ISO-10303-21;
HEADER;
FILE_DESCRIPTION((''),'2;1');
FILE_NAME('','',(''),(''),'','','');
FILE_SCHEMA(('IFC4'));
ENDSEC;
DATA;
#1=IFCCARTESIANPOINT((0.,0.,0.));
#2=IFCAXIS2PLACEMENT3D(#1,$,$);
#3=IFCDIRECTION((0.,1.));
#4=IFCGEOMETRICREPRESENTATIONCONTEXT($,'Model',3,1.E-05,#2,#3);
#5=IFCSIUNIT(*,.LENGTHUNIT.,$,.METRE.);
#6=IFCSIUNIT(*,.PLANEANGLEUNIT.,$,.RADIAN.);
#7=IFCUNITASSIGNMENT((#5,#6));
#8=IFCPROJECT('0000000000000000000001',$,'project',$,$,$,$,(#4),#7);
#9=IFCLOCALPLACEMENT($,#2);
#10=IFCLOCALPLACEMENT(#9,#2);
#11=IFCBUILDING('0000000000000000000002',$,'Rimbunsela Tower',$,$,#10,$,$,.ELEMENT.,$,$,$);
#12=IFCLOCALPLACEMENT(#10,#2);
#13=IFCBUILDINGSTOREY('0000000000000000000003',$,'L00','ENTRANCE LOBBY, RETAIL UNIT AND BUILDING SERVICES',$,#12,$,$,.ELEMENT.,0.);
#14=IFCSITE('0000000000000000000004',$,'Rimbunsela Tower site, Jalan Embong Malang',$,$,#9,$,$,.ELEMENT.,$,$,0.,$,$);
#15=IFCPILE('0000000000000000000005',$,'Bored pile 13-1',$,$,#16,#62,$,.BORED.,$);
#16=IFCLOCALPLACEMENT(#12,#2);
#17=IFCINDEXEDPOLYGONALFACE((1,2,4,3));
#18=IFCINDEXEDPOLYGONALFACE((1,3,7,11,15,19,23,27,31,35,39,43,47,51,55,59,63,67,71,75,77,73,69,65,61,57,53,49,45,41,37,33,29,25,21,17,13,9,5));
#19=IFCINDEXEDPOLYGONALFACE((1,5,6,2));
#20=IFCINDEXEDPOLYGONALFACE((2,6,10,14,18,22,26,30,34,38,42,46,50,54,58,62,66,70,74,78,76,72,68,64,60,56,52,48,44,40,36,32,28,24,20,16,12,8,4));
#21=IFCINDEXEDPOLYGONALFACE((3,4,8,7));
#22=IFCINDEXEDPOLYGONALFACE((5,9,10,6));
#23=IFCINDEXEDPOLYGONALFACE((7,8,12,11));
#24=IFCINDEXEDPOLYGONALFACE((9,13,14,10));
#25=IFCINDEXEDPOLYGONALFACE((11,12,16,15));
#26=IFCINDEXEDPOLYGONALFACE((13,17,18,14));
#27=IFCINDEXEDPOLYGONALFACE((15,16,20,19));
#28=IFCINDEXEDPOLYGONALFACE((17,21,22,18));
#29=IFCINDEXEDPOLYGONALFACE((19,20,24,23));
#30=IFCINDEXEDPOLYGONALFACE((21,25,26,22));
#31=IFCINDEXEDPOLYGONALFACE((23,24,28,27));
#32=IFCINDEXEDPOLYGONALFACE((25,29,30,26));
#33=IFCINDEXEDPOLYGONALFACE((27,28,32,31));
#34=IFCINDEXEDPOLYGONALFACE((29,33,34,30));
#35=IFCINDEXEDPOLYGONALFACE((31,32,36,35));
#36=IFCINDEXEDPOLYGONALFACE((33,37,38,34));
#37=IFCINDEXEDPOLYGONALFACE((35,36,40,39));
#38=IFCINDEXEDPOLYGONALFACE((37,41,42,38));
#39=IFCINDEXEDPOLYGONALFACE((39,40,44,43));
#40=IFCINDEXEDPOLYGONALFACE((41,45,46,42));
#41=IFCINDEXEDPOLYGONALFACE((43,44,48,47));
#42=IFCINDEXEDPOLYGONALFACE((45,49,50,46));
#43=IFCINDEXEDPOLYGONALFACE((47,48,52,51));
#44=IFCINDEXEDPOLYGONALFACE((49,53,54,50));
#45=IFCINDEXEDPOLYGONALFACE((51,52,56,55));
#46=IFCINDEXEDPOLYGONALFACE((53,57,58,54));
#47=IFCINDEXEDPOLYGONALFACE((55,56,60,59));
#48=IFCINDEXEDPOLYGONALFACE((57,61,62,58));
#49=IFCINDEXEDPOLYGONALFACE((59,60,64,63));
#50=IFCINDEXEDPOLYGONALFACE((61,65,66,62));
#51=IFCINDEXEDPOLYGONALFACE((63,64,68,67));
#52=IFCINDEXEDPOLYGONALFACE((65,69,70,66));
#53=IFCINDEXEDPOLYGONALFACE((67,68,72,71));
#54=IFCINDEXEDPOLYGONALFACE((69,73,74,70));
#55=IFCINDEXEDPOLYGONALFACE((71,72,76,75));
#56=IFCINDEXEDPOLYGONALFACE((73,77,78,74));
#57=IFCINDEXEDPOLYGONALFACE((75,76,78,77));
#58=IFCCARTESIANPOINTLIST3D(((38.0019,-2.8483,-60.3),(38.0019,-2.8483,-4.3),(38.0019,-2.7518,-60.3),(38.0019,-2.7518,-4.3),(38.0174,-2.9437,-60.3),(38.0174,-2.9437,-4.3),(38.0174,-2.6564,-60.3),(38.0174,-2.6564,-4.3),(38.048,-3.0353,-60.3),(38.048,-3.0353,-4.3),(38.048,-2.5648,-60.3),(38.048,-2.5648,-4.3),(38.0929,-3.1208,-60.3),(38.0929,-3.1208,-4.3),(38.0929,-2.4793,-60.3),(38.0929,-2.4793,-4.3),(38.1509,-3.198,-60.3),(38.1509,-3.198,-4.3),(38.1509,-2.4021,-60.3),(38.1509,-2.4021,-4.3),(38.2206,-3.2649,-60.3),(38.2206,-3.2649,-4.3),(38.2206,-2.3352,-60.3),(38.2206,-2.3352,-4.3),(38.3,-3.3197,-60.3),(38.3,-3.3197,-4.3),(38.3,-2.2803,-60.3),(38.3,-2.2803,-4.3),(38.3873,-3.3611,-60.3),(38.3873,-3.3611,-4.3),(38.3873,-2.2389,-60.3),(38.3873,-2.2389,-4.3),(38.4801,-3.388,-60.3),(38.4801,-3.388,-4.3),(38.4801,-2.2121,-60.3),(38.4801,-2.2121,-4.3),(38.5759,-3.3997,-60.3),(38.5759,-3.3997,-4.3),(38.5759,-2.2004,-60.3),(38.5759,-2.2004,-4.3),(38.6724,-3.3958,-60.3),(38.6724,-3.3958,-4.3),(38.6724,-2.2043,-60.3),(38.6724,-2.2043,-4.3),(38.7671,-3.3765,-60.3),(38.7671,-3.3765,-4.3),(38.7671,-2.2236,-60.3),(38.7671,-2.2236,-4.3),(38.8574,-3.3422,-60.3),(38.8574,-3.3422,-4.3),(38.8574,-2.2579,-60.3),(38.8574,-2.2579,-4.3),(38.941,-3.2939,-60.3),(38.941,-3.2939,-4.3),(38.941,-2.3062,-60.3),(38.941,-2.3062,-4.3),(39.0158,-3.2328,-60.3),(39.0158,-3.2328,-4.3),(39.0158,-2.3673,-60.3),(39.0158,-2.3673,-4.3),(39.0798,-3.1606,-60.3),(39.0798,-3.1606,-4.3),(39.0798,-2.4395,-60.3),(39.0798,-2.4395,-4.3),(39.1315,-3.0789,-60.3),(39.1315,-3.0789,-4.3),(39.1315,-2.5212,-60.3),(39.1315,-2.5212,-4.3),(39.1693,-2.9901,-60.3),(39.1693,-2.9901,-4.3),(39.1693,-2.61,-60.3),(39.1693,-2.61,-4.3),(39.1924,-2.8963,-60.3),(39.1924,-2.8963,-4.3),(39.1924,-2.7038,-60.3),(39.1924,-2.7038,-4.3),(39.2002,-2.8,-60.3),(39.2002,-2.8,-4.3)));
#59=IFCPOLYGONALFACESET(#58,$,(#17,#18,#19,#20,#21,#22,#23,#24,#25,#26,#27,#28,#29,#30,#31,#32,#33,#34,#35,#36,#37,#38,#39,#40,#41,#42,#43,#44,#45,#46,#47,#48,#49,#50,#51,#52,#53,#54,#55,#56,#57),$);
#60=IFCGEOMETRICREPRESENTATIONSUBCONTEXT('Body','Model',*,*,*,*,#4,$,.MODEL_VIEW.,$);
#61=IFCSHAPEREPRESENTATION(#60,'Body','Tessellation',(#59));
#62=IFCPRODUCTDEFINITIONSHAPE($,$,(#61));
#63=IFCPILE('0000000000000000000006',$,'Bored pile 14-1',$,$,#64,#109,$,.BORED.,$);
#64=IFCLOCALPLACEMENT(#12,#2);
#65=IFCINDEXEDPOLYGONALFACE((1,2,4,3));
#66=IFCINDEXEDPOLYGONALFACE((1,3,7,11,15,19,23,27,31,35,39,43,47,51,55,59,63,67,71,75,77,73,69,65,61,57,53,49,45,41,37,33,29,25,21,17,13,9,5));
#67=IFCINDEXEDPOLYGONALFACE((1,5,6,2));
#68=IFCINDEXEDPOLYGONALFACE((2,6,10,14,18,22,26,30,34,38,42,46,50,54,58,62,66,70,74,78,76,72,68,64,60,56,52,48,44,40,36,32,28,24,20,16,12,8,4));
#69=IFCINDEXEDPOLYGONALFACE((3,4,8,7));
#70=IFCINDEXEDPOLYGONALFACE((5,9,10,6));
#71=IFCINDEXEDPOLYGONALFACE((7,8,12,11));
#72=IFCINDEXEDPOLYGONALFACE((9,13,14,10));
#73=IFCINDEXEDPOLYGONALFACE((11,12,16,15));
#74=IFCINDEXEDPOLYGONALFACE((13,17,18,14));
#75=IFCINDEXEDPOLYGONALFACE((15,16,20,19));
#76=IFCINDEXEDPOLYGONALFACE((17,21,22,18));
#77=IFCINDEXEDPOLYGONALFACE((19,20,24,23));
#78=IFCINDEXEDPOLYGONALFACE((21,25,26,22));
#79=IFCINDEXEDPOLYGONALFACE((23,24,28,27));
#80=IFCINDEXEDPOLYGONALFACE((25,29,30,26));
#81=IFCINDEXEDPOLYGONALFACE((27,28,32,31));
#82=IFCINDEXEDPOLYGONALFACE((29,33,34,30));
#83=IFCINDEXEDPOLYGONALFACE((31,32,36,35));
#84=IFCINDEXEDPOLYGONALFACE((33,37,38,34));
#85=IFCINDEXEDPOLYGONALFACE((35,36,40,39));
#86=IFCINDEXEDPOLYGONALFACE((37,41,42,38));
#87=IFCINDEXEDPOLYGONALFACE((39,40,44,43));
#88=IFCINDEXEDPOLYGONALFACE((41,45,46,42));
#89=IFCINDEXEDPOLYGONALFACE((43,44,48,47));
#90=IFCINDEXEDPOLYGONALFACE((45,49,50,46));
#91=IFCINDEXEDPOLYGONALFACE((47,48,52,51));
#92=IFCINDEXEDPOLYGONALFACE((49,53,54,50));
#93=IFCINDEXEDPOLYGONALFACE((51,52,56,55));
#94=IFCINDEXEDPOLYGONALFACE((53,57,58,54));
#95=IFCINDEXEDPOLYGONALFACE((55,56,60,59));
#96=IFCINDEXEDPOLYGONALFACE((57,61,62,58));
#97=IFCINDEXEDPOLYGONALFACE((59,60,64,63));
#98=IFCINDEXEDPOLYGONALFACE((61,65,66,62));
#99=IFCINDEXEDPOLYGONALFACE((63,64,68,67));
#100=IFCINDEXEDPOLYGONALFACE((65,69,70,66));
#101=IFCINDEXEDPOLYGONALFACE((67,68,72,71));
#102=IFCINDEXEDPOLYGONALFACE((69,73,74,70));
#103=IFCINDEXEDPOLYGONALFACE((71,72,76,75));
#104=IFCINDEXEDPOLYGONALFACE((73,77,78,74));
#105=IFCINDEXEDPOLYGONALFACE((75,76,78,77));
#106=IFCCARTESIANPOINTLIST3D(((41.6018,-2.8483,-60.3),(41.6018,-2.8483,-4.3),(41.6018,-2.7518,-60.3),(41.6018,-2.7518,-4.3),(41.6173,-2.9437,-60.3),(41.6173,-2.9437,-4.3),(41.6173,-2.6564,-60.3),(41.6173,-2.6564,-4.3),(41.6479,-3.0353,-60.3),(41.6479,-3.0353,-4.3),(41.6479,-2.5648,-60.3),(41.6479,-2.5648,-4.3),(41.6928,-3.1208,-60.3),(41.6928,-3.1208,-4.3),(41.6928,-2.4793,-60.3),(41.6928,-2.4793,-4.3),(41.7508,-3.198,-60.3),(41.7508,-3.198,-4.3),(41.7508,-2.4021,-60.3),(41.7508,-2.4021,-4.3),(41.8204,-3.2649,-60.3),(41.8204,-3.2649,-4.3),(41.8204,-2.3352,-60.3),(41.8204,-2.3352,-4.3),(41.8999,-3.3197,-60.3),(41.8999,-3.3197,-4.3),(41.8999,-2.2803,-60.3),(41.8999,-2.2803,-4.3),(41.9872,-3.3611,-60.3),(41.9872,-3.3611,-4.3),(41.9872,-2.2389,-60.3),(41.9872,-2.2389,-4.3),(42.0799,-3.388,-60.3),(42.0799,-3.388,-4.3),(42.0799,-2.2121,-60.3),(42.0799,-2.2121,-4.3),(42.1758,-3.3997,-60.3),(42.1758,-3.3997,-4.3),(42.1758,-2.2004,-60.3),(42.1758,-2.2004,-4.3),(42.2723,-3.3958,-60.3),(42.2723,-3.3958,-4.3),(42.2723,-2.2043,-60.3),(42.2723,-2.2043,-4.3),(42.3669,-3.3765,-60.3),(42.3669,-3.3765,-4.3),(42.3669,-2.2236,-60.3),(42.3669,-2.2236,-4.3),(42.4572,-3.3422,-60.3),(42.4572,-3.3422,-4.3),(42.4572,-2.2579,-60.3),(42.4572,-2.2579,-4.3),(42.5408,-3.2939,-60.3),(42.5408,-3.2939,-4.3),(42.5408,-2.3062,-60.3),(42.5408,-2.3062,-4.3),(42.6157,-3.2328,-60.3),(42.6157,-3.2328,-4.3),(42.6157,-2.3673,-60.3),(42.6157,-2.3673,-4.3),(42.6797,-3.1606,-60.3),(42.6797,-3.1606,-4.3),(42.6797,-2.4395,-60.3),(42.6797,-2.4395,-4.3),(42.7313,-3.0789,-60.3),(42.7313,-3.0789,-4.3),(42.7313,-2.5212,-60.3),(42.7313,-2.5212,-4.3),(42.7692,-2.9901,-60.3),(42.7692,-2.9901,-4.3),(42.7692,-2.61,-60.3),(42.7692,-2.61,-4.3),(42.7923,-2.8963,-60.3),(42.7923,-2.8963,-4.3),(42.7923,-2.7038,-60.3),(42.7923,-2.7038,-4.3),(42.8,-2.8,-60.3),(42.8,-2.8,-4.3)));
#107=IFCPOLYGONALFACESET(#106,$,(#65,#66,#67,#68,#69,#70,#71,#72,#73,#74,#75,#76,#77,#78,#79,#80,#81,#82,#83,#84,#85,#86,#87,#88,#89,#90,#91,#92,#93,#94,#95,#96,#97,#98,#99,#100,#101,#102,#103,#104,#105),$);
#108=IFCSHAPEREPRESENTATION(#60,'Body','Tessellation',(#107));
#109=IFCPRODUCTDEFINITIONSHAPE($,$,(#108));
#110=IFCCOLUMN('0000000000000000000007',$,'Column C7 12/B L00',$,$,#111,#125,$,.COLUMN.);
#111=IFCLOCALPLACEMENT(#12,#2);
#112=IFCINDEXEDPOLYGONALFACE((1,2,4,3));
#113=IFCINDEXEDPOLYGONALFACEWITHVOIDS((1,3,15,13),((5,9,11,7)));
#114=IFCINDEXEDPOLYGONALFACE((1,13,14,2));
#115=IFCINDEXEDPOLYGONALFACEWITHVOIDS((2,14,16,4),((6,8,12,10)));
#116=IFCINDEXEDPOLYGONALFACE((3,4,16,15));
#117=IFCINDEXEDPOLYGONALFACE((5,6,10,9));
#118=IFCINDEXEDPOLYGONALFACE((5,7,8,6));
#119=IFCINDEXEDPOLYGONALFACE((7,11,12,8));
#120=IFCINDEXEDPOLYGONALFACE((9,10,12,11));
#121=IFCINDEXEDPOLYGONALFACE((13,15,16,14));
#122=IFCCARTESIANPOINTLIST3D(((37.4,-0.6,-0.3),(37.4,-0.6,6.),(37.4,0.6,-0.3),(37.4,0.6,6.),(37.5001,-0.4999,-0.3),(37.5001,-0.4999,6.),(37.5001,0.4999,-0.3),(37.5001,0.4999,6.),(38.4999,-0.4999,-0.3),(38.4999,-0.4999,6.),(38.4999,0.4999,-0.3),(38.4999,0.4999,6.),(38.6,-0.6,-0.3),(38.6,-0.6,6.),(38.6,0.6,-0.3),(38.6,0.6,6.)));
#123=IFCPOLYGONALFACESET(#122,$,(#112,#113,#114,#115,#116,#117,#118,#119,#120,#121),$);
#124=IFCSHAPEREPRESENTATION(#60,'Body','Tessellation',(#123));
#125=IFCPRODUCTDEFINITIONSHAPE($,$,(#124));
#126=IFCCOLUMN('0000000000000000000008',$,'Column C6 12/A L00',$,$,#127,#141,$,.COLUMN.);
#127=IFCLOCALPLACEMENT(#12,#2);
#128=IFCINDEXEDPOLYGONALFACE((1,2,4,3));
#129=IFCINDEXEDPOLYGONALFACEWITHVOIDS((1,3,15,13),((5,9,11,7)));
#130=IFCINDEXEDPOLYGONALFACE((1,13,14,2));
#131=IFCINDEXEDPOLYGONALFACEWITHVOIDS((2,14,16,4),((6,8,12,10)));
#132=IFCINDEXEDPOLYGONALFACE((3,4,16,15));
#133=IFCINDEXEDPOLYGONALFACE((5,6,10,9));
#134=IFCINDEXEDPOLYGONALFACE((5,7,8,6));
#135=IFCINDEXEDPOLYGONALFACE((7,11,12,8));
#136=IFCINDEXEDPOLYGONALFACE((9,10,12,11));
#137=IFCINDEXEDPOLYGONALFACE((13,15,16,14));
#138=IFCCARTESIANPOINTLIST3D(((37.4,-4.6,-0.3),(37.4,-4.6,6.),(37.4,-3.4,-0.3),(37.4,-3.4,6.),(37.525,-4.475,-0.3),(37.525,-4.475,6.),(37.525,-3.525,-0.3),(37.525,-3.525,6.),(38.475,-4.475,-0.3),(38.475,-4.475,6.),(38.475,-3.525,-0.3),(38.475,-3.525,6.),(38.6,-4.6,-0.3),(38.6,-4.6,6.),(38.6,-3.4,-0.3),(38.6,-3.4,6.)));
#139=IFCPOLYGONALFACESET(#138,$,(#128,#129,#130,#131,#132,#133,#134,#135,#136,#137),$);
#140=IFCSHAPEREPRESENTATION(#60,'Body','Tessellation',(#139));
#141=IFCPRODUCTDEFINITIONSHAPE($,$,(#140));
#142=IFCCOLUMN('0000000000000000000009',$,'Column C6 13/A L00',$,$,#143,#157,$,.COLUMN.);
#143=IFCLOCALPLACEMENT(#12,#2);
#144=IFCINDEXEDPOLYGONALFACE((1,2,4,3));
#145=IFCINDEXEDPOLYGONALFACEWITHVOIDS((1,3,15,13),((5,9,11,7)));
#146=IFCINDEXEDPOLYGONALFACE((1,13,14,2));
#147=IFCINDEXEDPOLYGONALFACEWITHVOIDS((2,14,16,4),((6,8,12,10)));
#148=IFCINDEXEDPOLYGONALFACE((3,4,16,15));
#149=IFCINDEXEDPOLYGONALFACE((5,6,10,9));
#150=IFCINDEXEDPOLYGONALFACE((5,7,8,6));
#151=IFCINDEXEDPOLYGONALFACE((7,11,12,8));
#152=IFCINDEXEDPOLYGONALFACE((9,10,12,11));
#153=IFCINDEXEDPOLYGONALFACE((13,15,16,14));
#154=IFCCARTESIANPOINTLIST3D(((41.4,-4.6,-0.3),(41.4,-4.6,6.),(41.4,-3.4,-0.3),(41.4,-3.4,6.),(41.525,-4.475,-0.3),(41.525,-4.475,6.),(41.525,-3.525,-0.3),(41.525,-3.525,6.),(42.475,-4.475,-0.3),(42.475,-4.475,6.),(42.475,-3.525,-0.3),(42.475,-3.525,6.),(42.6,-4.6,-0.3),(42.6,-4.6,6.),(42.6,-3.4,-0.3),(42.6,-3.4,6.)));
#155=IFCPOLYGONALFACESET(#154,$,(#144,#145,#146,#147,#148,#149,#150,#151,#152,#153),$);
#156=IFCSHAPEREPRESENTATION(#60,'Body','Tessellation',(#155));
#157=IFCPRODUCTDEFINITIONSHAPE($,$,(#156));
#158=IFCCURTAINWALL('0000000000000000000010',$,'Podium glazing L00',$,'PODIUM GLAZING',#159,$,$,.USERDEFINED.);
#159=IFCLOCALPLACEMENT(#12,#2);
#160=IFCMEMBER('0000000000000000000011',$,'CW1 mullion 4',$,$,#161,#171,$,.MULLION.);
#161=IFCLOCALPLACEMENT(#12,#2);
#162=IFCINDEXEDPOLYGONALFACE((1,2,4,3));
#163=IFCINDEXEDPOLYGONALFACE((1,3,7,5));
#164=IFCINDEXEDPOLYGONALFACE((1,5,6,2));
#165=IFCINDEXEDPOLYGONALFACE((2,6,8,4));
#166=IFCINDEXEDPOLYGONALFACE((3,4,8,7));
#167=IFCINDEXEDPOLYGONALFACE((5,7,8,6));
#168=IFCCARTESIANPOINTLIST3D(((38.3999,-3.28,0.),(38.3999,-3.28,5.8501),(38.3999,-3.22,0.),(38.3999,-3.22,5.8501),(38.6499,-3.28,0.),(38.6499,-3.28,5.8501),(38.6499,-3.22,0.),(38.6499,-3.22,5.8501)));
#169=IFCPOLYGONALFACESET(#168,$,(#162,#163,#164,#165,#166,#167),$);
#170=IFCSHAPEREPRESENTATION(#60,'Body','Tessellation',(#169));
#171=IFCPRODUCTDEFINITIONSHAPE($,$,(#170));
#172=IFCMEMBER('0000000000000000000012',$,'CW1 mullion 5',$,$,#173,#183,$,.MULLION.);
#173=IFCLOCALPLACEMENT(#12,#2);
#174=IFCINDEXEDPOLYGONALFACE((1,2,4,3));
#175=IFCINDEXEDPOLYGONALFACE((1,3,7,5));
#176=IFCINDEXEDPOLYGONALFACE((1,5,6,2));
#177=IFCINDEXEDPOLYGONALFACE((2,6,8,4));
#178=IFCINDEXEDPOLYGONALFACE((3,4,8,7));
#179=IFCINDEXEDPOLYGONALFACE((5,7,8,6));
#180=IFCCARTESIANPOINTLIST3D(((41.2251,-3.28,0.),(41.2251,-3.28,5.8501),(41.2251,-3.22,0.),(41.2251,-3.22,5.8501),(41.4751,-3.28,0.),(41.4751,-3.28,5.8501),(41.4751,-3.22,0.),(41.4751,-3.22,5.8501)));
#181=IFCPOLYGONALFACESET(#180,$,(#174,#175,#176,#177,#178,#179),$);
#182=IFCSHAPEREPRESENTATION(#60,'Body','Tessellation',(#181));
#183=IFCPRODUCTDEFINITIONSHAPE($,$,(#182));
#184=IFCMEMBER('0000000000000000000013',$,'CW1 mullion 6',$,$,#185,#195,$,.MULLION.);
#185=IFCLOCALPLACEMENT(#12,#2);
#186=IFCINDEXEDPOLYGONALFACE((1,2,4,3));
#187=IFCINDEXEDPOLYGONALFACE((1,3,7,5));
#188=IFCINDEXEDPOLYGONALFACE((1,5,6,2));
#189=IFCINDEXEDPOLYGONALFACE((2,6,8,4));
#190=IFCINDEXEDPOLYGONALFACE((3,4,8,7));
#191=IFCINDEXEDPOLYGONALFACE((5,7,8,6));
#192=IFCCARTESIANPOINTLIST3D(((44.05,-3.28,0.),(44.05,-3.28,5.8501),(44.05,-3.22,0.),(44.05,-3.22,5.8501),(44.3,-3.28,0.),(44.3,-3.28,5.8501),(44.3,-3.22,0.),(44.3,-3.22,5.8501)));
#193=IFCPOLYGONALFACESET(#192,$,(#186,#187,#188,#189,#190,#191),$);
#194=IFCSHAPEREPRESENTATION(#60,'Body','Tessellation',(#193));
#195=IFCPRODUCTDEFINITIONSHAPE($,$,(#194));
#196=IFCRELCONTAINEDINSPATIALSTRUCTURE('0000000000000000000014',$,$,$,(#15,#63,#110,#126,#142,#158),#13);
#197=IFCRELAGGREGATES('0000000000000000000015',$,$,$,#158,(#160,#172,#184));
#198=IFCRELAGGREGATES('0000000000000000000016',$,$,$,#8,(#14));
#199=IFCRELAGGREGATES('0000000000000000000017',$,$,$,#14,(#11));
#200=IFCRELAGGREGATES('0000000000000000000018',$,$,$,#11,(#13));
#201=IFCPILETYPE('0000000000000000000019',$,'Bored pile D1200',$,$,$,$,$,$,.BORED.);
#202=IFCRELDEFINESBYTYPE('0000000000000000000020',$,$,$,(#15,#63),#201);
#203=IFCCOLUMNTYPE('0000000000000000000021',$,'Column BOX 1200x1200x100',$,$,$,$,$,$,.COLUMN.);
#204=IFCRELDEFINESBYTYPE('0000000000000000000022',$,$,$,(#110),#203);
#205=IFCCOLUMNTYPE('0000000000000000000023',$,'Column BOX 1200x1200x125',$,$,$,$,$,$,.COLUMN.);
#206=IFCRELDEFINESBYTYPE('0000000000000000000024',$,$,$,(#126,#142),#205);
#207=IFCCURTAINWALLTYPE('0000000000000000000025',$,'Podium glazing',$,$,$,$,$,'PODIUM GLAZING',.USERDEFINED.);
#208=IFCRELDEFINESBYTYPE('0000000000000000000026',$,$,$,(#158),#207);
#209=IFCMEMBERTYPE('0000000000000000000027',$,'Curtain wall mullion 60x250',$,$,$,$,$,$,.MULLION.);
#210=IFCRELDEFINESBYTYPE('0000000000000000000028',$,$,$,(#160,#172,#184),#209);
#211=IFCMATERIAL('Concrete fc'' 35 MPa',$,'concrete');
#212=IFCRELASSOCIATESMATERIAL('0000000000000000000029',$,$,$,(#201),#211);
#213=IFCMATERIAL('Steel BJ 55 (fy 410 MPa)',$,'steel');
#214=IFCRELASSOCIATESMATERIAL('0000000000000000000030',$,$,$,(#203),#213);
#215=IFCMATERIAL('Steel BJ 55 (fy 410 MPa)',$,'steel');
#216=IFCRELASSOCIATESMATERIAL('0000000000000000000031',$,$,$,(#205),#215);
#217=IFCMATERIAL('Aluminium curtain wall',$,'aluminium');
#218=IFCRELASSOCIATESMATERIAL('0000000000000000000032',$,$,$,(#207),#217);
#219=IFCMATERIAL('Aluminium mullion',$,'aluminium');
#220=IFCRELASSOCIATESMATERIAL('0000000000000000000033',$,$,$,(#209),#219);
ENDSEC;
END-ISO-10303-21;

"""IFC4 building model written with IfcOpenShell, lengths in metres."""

from ifc_helpers import new_model, si_unit, direction, frame, origin, origin_2d, place, context, subcontext, project, spatial, rectangle, hollow_rectangle, circle, extrude, material, material_profile, profile_set, type_object, element, aggregate, save


model = new_model("IFC4")

# Units and contexts
model_context = context("Model", 3, precision=1e-05, world=origin(), true_north=direction((0.0, 1.0)))
body_context = subcontext(model_context, "Body", "Model", "MODEL_VIEW")
ifc_project = project(units=[si_unit("LENGTHUNIT", "METRE"), si_unit("PLANEANGLEUNIT", "RADIAN")], contexts=[model_context])

# Site, building, storey
site_placement = place(None, origin())
site = spatial("IfcSite", under=ifc_project, at=site_placement, Name="Rimbunsela Tower site, Jalan Embong Malang", CompositionType="ELEMENT", RefElevation=0.0)
building_placement = place(site_placement, origin())
building = spatial("IfcBuilding", under=site, at=building_placement, Name="Rimbunsela Tower", CompositionType="ELEMENT")
storey_placement = place(building_placement, origin())
storey = spatial("IfcBuildingStorey", under=building, at=storey_placement, Name="L00", Description="ENTRANCE LOBBY, RETAIL UNIT AND BUILDING SERVICES", CompositionType="ELEMENT", Elevation=0.0)

# Piles
ifc_material_1 = material(Name="Concrete fc' 35 MPa", Category="concrete")
ifc_material_profile_1 = material_profile(ifc_material_1, circle(Radius=0.6001, at=origin_2d()), Name="BP D1200")
ifc_profile_set_1 = profile_set([ifc_material_profile_1], Name="Concrete fc' 35 MPa")
pile_type = type_object("IfcPileType", Name="Bored pile D1200", PredefinedType="BORED", material=ifc_profile_set_1)
for number, where, z_axis, x_axis, name in (
    (1, (38.6001, -2.8, -4.3), (0.0, 0.0, -1.0), (1.0, 0.0, 0.0), "Bored pile 13-1"),
    (2, (42.2, -2.8, -4.3), (0.0, 0.0, -1.0), (1.0, 0.0, 0.0), "Bored pile 14-1"),
):
    element("IfcPile", number, at=place(storey_placement, frame(where, z_axis=z_axis, x_axis=x_axis)), inside=storey, type_object=pile_type, Name=name, PredefinedType="BORED", context=body_context, shape_type="SweptSolid", body=[
        extrude(circle(Radius=0.6001, at=origin_2d()), origin(), (0.0, 0.0, 1.0), 56.0),
    ])

# Columns
ifc_material_2 = material(Name="Steel BJ 55 (fy 410 MPa)", Category="steel")
ifc_material_profile_2 = material_profile(ifc_material_2, hollow_rectangle(XDim=1.2, YDim=1.2, WallThickness=0.1001, at=origin_2d()), Name="BOX 1200x1200x100")
ifc_profile_set_2 = profile_set([ifc_material_profile_2], Name="Steel BJ 55 (fy 410 MPa)")
column_type_1 = type_object("IfcColumnType", Name="Column BOX 1200x1200x100", PredefinedType="COLUMN", material=ifc_profile_set_2)
column_placement = place(storey_placement, frame((38.0, 0.0, -0.3), z_axis=(0.0, 0.0, 1.0), x_axis=(1.0, 0.0, 0.0)))
element("IfcColumn", 3, at=column_placement, inside=storey, type_object=column_type_1, Name="Column C7 12/B L00", PredefinedType="COLUMN", context=body_context, shape_type="SweptSolid", body=[
    extrude(hollow_rectangle(XDim=1.2, YDim=1.2, WallThickness=0.1001, at=origin_2d()), origin(), (0.0, 0.0, 1.0), 6.3),
])
ifc_material_3 = material(Name="Steel BJ 55 (fy 410 MPa)", Category="steel")
ifc_material_profile_3 = material_profile(ifc_material_3, hollow_rectangle(XDim=1.2, YDim=1.2, WallThickness=0.125, at=origin_2d()), Name="BOX 1200x1200x125")
ifc_profile_set_3 = profile_set([ifc_material_profile_3], Name="Steel BJ 55 (fy 410 MPa)")
column_type_2 = type_object("IfcColumnType", Name="Column BOX 1200x1200x125", PredefinedType="COLUMN", material=ifc_profile_set_3)
for number, where, z_axis, x_axis, name in (
    (4, (38.0, -4.0, -0.3), (0.0, 0.0, 1.0), (1.0, 0.0, 0.0), "Column C6 12/A L00"),
    (5, (42.0, -4.0, -0.3), (0.0, 0.0, 1.0), (1.0, 0.0, 0.0), "Column C6 13/A L00"),
):
    element("IfcColumn", number, at=place(storey_placement, frame(where, z_axis=z_axis, x_axis=x_axis)), inside=storey, type_object=column_type_2, Name=name, PredefinedType="COLUMN", context=body_context, shape_type="SweptSolid", body=[
        extrude(hollow_rectangle(XDim=1.2, YDim=1.2, WallThickness=0.125, at=origin_2d()), origin(), (0.0, 0.0, 1.0), 6.3),
    ])

# Curtain wall, members
ifc_material_4 = material(Name="Aluminium curtain wall", Category="aluminium")
curtain_wall_type = type_object("IfcCurtainWallType", Name="Podium glazing", ElementType="PODIUM GLAZING", PredefinedType="USERDEFINED", material=ifc_material_4)
curtain_wall_placement = place(storey_placement, origin())
curtain_wall = element("IfcCurtainWall", 6, at=curtain_wall_placement, inside=storey, type_object=curtain_wall_type, Name="Podium glazing L00", ObjectType="PODIUM GLAZING", PredefinedType="USERDEFINED")
ifc_material_5 = material(Name="Aluminium mullion", Category="aluminium")
ifc_material_profile_4 = material_profile(ifc_material_5, rectangle(XDim=0.0601, YDim=0.25, at=origin_2d()), Name="Mullion 60x250")
ifc_profile_set_4 = profile_set([ifc_material_profile_4], Name="Aluminium mullion")
member_type_1 = type_object("IfcMemberType", Name="Curtain wall mullion 60x250", PredefinedType="MULLION", material=ifc_profile_set_4)
member_1_placement = place(storey_placement, frame((38.5249, -3.25, 0.0), z_axis=(0.0, 0.0, 1.0), x_axis=(0.0, 1.0, 0.0)))
member_1 = element("IfcMember", 7, at=member_1_placement, type_object=member_type_1, Name="CW1 mullion 4", PredefinedType="MULLION", context=body_context, shape_type="SweptSolid", body=[
    extrude(rectangle(XDim=0.0601, YDim=0.25, at=origin_2d()), origin(), (0.0, 0.0, 1.0), 5.8501),
])
member_2_placement = place(storey_placement, frame((41.3501, -3.25, 0.0), z_axis=(0.0, 0.0, 1.0), x_axis=(0.0, 1.0, 0.0)))
member_2 = element("IfcMember", 8, at=member_2_placement, type_object=member_type_1, Name="CW1 mullion 5", PredefinedType="MULLION", context=body_context, shape_type="SweptSolid", body=[
    extrude(rectangle(XDim=0.0601, YDim=0.25, at=origin_2d()), origin(), (0.0, 0.0, 1.0), 5.8501),
])
member_3_placement = place(storey_placement, frame((44.175, -3.25, 0.0), z_axis=(0.0, 0.0, 1.0), x_axis=(0.0, 1.0, 0.0)))
member_3 = element("IfcMember", 9, at=member_3_placement, type_object=member_type_1, Name="CW1 mullion 6", PredefinedType="MULLION", context=body_context, shape_type="SweptSolid", body=[
    extrude(rectangle(XDim=0.0601, YDim=0.25, at=origin_2d()), origin(), (0.0, 0.0, 1.0), 5.8501),
])
aggregate(curtain_wall, [member_1, member_2, member_3])

save(model, "model.ifc")
